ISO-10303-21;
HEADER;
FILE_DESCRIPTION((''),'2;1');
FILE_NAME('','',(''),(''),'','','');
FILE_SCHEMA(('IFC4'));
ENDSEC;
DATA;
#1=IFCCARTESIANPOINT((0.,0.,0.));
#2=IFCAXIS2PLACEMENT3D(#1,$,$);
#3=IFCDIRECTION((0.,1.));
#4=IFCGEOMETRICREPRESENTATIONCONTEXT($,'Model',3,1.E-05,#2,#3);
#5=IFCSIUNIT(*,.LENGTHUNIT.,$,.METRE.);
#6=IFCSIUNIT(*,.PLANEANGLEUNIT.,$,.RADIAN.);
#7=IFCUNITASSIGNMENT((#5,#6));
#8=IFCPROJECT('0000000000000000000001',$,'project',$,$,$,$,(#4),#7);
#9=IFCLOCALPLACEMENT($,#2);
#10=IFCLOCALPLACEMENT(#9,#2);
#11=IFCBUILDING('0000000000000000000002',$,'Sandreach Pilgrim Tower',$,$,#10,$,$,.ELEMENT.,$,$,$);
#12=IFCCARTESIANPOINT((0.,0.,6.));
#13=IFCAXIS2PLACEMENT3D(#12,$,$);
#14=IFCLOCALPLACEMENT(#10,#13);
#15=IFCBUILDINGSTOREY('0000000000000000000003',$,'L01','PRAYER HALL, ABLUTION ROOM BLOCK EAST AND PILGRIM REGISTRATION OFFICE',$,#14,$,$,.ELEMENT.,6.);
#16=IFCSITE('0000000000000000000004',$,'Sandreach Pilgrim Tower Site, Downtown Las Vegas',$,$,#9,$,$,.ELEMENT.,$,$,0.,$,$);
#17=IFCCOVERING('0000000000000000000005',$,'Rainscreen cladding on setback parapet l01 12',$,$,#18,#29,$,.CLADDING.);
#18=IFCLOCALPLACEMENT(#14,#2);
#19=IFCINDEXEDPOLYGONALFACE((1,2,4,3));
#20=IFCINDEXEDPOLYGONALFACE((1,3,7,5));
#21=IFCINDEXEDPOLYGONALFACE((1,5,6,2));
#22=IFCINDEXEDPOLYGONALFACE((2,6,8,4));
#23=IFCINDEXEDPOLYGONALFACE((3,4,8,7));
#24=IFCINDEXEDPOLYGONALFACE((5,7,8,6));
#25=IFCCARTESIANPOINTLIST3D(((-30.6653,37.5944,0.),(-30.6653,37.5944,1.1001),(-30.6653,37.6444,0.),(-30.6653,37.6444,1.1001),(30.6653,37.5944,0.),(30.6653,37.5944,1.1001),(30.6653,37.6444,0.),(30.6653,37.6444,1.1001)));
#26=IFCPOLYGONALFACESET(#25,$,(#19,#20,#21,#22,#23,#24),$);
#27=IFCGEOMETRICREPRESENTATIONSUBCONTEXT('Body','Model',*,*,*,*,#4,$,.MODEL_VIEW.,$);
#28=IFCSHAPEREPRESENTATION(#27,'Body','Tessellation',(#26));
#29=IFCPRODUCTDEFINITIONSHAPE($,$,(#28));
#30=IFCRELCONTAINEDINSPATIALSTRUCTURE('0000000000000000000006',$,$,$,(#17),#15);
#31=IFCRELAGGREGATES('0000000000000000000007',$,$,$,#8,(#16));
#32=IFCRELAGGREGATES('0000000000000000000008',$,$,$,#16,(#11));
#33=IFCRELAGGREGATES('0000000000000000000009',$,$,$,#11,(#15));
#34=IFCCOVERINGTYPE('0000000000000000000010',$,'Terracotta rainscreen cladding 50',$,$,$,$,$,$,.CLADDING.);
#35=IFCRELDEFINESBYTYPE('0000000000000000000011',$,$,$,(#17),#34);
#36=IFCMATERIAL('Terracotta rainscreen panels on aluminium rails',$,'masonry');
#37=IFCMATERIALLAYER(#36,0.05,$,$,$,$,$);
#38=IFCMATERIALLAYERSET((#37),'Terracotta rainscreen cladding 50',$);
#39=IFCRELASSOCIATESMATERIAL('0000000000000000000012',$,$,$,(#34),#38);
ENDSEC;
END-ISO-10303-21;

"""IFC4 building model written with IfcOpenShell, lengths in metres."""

from ifc_helpers import new_model, si_unit, direction, frame, frame_2d, origin, place, context, subcontext, project, spatial, rectangle, extrude, material, layer, layer_set, type_object, element, save


model = new_model("IFC4")

# Units and contexts
model_context = context("Model", 3, precision=1e-05, world=origin(), true_north=direction((0.0, 1.0)))
body_context = subcontext(model_context, "Body", "Model", "MODEL_VIEW")
ifc_project = project(units=[si_unit("LENGTHUNIT", "METRE"), si_unit("PLANEANGLEUNIT", "RADIAN")], contexts=[model_context])

# Site, building, storey
site_placement = place(None, origin())
site = spatial("IfcSite", under=ifc_project, at=site_placement, Name="Sandreach Pilgrim Tower Site, Downtown Las Vegas", CompositionType="ELEMENT", RefElevation=0.0)
building_placement = place(site_placement, origin())
building = spatial("IfcBuilding", under=site, at=building_placement, Name="Sandreach Pilgrim Tower", CompositionType="ELEMENT")
storey_placement = place(building_placement, frame((0.0, 0.0, 6.0)))
storey = spatial("IfcBuildingStorey", under=building, at=storey_placement, Name="L01", Description="PRAYER HALL, ABLUTION ROOM BLOCK EAST AND PILGRIM REGISTRATION OFFICE", CompositionType="ELEMENT", Elevation=6.0)

# Covering
ifc_material_1 = material(Name="Terracotta rainscreen panels on aluminium rails", Category="masonry")
ifc_layer_1 = layer(ifc_material_1, 0.05)
ifc_layer_set_1 = layer_set([ifc_layer_1], Name="Terracotta rainscreen cladding 50")
covering_type = type_object("IfcCoveringType", Name="Terracotta rainscreen cladding 50", PredefinedType="CLADDING", material=ifc_layer_set_1)
covering_1_placement = place(storey_placement, frame((30.6653, 37.6194, 0.0), z_axis=(0.0, 0.0, 1.0), x_axis=(-1.0, 0.0, 0.0)))
element("IfcCovering", 1, at=covering_1_placement, inside=storey, type_object=covering_type, Name="Rainscreen cladding on setback parapet l01 12", PredefinedType="CLADDING", context=body_context, shape_type="SweptSolid", body=[
    extrude(rectangle(XDim=61.3306, YDim=0.05, at=frame_2d((30.6653, 0.0))), origin(), (0.0, 0.0, 1.0), 1.1001),
])

save(model, "model.ifc")
